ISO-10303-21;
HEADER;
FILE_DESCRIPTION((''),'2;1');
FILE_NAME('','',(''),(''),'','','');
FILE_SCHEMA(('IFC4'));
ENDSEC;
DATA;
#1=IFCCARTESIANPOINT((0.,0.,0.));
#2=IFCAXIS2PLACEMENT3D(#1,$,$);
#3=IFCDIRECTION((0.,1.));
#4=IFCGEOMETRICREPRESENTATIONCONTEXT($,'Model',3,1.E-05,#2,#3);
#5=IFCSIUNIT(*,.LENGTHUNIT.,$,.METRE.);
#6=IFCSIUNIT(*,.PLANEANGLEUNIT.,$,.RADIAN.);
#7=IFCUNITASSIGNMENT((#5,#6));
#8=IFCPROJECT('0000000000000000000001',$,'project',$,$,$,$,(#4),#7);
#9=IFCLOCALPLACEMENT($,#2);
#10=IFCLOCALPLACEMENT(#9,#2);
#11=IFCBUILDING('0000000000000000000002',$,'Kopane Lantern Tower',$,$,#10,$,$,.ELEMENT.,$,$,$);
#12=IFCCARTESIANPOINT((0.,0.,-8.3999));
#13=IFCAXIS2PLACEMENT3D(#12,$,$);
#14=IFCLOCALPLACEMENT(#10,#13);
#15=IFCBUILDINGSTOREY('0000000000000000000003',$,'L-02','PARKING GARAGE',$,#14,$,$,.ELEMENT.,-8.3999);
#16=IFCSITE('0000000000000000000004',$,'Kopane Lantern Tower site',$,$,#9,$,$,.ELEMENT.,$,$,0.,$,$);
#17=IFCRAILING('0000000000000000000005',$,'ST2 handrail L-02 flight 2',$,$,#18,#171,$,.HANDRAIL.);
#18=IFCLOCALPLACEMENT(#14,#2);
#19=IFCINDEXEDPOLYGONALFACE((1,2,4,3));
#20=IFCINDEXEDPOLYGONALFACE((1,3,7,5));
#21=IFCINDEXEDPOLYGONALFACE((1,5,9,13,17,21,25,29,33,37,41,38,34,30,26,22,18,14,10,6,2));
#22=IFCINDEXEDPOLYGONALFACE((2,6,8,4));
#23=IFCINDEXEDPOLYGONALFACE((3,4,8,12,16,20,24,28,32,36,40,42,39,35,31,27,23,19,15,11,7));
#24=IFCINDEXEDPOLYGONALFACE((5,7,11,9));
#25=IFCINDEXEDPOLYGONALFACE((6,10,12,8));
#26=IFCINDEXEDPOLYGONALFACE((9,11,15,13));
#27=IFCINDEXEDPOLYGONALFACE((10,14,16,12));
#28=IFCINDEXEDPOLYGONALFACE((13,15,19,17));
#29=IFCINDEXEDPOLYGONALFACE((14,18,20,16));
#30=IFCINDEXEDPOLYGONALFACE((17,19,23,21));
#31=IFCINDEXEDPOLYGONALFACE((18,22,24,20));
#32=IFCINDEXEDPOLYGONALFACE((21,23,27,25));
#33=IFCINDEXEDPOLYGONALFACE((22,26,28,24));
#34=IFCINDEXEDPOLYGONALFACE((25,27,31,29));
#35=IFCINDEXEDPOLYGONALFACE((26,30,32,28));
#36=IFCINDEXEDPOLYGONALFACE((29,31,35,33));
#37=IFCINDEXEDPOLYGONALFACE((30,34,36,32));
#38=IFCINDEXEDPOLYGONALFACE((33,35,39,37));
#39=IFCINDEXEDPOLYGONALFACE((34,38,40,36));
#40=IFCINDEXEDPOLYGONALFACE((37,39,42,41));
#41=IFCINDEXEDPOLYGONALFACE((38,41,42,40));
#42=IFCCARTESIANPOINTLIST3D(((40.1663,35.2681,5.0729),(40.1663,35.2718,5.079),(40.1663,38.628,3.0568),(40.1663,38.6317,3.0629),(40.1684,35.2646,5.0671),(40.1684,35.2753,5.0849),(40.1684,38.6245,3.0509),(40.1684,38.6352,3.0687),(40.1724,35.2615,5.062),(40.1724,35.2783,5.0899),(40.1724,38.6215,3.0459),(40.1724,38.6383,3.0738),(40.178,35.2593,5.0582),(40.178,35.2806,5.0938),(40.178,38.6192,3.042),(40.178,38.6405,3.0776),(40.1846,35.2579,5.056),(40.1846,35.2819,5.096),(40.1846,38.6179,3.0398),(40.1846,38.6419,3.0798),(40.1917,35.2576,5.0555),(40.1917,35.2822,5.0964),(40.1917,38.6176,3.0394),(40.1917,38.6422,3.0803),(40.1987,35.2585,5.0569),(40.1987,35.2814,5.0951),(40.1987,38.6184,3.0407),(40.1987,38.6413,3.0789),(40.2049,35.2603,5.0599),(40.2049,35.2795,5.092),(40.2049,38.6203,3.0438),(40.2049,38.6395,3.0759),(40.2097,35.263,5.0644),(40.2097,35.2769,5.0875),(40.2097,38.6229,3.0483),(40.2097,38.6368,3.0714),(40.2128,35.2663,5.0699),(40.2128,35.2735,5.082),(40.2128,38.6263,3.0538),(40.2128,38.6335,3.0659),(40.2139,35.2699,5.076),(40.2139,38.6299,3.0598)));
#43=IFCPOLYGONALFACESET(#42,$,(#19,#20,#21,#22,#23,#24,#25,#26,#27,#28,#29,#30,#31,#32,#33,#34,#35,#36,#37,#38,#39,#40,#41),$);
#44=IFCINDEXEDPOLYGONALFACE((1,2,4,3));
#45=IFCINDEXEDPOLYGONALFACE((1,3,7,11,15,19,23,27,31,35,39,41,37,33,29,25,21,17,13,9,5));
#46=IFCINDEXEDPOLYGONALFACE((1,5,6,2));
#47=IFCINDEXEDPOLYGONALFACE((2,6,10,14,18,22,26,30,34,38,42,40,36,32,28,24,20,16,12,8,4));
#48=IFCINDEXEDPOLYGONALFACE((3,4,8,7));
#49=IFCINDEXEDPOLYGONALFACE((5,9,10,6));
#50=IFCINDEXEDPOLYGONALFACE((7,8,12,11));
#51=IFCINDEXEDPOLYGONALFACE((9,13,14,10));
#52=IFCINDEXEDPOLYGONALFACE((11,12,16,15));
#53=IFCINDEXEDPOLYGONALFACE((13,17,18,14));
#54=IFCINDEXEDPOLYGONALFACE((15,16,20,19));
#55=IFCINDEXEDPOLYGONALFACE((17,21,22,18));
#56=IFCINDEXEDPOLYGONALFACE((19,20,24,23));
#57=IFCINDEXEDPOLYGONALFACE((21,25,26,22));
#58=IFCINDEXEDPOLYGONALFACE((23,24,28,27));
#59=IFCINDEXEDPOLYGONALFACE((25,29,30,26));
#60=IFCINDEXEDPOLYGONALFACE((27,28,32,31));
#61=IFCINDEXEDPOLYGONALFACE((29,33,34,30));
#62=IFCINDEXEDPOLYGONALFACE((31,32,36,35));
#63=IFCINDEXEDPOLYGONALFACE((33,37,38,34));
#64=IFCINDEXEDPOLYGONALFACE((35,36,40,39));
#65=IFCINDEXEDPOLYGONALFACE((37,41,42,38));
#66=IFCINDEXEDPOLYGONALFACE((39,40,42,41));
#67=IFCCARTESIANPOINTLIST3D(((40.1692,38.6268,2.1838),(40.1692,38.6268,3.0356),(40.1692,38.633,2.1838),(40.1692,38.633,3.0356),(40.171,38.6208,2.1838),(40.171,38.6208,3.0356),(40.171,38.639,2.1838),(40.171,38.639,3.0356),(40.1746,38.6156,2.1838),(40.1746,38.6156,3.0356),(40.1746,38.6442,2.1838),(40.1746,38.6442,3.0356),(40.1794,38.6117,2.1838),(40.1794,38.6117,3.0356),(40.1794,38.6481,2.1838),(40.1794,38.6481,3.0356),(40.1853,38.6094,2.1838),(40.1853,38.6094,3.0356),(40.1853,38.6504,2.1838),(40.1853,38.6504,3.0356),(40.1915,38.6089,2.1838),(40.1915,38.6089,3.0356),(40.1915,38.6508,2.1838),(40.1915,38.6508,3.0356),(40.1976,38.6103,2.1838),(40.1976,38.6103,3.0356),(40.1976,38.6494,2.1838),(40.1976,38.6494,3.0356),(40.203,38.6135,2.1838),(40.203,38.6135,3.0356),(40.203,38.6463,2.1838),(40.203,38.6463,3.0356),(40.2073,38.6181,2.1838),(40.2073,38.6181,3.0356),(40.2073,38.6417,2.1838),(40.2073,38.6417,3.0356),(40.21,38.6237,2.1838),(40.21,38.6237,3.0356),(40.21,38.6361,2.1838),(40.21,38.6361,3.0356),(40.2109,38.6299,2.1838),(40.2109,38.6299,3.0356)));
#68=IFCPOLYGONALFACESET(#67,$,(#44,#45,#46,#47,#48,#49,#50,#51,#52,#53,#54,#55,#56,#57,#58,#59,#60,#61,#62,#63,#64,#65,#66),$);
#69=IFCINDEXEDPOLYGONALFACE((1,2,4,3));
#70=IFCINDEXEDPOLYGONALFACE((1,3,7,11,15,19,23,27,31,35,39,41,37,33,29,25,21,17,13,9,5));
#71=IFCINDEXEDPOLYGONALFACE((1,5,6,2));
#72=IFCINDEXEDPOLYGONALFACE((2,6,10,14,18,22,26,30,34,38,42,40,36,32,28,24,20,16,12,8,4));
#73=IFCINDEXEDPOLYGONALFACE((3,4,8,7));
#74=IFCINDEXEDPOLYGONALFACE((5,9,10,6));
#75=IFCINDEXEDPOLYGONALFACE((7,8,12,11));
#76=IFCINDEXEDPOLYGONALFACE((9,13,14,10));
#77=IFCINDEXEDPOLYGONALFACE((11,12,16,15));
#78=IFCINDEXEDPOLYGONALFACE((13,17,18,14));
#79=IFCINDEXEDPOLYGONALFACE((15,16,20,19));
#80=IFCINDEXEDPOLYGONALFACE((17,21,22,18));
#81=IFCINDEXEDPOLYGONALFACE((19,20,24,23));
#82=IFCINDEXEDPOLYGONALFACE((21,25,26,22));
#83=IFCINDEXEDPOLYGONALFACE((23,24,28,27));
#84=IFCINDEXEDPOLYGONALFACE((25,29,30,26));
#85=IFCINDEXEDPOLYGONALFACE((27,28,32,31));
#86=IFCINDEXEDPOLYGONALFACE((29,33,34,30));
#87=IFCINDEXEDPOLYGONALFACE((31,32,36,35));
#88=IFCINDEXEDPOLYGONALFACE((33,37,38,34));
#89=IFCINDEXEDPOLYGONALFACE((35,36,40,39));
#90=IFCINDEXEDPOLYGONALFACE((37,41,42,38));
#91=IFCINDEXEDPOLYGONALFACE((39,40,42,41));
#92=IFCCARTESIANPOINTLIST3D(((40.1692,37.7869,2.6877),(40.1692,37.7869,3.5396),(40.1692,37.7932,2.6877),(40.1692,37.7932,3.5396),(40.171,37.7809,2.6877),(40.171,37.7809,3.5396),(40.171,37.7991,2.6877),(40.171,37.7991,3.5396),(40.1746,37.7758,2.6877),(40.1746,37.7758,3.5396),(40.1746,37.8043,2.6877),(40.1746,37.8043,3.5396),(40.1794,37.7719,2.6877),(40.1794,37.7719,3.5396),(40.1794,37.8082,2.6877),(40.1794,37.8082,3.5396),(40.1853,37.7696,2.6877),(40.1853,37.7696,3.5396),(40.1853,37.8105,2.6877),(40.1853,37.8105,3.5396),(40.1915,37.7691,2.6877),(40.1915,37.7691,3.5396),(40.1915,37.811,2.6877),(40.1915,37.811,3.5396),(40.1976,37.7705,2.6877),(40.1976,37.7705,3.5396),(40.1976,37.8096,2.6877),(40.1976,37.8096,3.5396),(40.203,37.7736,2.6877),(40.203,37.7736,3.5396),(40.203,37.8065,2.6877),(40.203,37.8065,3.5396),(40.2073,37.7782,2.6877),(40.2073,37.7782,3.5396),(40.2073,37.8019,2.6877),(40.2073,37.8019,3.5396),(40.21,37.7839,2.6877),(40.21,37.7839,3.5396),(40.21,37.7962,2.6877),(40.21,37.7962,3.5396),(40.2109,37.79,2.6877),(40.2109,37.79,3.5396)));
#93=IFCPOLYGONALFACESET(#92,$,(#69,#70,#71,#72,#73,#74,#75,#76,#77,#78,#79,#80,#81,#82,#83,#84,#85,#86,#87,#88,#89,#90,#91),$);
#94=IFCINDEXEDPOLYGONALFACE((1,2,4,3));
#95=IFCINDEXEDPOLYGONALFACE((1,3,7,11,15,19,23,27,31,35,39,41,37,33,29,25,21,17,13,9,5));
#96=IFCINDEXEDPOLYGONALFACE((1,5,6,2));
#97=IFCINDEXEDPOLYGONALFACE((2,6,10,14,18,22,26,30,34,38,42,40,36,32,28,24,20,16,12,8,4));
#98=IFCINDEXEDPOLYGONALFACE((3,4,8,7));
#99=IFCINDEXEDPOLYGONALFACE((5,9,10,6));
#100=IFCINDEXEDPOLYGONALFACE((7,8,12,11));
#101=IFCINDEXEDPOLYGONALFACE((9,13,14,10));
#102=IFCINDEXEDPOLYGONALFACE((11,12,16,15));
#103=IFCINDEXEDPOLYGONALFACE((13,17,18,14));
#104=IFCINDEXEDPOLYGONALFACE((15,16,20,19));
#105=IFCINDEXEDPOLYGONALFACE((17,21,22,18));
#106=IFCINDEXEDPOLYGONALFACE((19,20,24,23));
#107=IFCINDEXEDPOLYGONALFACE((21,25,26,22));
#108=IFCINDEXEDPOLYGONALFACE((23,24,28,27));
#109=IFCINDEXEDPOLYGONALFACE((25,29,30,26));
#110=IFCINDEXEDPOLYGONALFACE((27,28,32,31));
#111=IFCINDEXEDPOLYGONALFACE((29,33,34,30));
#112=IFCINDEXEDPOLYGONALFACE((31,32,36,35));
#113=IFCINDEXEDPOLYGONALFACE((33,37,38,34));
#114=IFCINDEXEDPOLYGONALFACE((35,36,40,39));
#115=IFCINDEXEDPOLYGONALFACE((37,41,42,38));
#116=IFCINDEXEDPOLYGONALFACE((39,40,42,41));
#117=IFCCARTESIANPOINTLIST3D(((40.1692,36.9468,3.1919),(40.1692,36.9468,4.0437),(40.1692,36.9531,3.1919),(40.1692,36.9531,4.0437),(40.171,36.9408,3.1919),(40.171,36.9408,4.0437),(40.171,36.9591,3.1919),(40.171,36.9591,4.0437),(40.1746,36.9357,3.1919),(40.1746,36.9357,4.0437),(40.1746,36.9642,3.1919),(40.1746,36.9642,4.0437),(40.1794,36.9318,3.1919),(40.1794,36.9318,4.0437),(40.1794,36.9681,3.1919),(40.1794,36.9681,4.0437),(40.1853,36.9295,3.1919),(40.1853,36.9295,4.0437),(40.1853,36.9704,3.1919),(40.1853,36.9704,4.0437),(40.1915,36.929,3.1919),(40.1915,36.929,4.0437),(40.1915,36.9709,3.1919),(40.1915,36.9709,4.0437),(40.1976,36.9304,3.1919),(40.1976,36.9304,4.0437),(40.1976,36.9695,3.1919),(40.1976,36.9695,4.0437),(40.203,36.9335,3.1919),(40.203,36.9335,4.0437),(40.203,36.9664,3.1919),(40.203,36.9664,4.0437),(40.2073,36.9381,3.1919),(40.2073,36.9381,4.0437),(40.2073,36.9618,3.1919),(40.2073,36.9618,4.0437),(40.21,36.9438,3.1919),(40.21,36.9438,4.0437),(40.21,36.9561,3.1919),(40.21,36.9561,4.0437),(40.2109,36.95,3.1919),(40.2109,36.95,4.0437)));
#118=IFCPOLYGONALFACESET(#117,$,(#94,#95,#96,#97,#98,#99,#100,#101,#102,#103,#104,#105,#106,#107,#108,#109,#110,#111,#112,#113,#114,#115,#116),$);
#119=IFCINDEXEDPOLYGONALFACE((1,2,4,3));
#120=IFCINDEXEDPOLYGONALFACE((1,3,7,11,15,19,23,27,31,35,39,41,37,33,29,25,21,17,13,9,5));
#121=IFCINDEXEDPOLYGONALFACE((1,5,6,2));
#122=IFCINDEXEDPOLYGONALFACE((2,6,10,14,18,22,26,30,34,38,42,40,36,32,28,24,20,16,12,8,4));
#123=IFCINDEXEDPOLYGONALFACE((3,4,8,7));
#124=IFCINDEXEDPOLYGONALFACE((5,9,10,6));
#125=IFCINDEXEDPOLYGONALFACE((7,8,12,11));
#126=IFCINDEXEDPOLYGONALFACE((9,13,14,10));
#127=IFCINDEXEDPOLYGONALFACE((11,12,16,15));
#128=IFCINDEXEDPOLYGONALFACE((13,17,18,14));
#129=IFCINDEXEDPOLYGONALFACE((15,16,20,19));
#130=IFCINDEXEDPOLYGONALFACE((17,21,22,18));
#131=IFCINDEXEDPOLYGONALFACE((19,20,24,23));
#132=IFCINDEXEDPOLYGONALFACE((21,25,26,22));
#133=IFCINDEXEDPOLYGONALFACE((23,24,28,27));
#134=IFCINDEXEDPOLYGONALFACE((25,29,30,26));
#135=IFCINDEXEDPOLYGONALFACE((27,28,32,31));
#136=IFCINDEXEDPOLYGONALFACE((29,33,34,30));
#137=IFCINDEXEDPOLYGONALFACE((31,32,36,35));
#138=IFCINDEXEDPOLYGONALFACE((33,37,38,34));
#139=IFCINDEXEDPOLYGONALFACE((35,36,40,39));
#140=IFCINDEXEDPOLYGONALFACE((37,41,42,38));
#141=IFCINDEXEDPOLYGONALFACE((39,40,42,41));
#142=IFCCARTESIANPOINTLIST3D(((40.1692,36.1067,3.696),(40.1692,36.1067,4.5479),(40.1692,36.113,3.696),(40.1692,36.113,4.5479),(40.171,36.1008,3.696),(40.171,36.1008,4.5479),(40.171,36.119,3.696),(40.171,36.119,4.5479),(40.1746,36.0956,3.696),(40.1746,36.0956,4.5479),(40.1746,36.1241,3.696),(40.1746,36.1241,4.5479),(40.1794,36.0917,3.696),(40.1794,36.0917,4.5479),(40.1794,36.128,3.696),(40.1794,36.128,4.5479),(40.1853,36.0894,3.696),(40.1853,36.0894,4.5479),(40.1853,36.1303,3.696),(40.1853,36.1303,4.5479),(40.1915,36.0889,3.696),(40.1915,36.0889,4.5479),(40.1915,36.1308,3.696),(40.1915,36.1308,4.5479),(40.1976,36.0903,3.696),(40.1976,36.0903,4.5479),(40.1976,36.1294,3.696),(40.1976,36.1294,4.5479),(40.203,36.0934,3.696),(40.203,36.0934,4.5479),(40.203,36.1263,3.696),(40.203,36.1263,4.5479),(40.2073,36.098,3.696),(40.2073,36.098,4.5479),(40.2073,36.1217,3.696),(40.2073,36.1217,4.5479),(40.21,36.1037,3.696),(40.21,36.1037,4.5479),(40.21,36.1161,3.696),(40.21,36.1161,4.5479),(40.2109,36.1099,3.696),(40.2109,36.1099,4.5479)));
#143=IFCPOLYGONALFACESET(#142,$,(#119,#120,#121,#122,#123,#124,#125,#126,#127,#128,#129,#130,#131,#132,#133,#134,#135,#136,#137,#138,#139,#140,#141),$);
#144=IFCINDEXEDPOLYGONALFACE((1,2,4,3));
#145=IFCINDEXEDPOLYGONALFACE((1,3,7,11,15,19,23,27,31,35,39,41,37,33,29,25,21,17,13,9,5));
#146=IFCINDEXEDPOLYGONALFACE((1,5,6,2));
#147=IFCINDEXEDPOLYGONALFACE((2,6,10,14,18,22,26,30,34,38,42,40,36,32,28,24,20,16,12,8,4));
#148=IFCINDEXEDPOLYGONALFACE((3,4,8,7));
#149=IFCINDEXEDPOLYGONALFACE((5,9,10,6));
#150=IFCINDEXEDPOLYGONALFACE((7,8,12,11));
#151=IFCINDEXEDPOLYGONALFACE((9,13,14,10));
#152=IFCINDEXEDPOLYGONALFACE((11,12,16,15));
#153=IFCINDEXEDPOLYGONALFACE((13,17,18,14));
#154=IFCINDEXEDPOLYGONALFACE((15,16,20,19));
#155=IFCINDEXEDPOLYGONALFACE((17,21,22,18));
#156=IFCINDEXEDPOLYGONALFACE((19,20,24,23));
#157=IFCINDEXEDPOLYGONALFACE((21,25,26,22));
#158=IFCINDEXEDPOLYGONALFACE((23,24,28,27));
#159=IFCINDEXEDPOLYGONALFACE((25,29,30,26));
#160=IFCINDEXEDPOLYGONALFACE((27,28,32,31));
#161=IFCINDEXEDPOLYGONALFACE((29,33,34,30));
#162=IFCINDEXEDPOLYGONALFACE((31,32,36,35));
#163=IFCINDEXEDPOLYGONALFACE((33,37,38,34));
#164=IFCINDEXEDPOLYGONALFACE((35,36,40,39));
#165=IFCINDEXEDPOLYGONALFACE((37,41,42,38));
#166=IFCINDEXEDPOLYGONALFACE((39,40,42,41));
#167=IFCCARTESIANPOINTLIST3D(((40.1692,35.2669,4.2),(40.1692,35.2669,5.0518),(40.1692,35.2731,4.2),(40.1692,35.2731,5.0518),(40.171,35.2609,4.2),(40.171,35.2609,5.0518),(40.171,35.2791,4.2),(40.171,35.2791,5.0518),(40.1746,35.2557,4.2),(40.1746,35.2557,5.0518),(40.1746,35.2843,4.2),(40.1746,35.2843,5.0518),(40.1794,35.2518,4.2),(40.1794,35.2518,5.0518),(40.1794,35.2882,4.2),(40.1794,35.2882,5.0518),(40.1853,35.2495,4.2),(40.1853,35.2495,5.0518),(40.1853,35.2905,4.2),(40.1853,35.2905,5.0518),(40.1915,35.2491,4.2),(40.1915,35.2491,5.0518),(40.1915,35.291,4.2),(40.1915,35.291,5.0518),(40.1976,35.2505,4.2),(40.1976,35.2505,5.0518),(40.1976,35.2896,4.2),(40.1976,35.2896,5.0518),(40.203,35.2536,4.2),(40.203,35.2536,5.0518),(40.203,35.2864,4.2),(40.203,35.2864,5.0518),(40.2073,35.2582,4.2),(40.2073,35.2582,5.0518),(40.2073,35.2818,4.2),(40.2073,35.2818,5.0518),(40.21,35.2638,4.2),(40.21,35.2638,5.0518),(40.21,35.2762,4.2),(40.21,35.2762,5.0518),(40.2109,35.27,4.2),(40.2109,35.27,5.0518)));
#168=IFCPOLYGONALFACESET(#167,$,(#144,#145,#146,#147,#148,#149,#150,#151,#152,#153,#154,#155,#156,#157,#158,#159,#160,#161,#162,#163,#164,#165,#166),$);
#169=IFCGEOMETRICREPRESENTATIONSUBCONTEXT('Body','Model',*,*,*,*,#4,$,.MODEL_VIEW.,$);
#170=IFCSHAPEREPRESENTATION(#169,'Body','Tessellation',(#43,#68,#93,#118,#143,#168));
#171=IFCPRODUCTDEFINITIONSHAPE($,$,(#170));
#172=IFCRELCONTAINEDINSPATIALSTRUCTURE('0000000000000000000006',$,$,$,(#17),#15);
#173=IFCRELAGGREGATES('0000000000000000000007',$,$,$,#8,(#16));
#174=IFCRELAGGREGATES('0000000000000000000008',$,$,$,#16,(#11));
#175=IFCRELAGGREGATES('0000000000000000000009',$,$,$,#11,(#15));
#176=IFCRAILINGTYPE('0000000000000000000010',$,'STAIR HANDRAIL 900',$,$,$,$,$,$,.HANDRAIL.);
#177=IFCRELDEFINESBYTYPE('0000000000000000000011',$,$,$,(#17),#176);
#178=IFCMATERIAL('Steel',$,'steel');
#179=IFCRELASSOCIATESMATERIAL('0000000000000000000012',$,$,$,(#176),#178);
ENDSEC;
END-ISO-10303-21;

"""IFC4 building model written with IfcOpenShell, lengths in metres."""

from ifc_helpers import new_model, si_unit, direction, frame, origin, origin_2d, place, context, subcontext, project, spatial, circle, extrude, material, type_object, element, save


model = new_model("IFC4")

# Units and contexts
model_context = context("Model", 3, precision=1e-05, world=origin(), true_north=direction((0.0, 1.0)))
body_context = subcontext(model_context, "Body", "Model", "MODEL_VIEW")
ifc_project = project(units=[si_unit("LENGTHUNIT", "METRE"), si_unit("PLANEANGLEUNIT", "RADIAN")], contexts=[model_context])

# Site, building, storey
site_placement = place(None, origin())
site = spatial("IfcSite", under=ifc_project, at=site_placement, Name="Kopane Lantern Tower site", CompositionType="ELEMENT", RefElevation=0.0)
building_placement = place(site_placement, origin())
building = spatial("IfcBuilding", under=site, at=building_placement, Name="Kopane Lantern Tower", CompositionType="ELEMENT")
storey_placement = place(building_placement, frame((0.0, 0.0, -8.3999)))
storey = spatial("IfcBuildingStorey", under=building, at=storey_placement, Name="L-02", Description="PARKING GARAGE", CompositionType="ELEMENT", Elevation=-8.3999)

# Railing
ifc_material_1 = material(Name="Steel", Category="steel")
railing_type_1 = type_object("IfcRailingType", Name="STAIR HANDRAIL 900", PredefinedType="HANDRAIL", material=ifc_material_1)
for number, where, name in (
    (1, (40.1899, 38.6299, 2.1838), "ST2 handrail L-02 flight 2"),
):
    element("IfcRailing", number, at=place(storey_placement, frame(where)), inside=storey, type_object=railing_type_1, Name=name, PredefinedType="HANDRAIL", context=body_context, shape_type="SweptSolid", body=[
        extrude(circle(Radius=0.0239, at=origin_2d()), frame((0.0, 0.0, 0.876), z_axis=(0.0, -0.857471, 0.514532), x_axis=(1.0, 0.0, 0.0)), (0.0, 0.0, 1.0), 3.9185),
        extrude(circle(Radius=0.021, at=origin_2d()), origin(), (0.0, 0.0, 1.0), 0.8518),
        extrude(circle(Radius=0.021, at=origin_2d()), frame((0.0, -0.8398, 0.5039)), (0.0, 0.0, 1.0), 0.8518),
        extrude(circle(Radius=0.021, at=origin_2d()), frame((0.0, -1.6799, 1.0081)), (0.0, 0.0, 1.0), 0.8518),
        extrude(circle(Radius=0.021, at=origin_2d()), frame((0.0, -2.52, 1.5122)), (0.0, 0.0, 1.0), 0.8518),
        extrude(circle(Radius=0.021, at=origin_2d()), frame((0.0, -3.3599, 2.0161)), (0.0, 0.0, 1.0), 0.8518),
    ])

save(model, "model.ifc")
